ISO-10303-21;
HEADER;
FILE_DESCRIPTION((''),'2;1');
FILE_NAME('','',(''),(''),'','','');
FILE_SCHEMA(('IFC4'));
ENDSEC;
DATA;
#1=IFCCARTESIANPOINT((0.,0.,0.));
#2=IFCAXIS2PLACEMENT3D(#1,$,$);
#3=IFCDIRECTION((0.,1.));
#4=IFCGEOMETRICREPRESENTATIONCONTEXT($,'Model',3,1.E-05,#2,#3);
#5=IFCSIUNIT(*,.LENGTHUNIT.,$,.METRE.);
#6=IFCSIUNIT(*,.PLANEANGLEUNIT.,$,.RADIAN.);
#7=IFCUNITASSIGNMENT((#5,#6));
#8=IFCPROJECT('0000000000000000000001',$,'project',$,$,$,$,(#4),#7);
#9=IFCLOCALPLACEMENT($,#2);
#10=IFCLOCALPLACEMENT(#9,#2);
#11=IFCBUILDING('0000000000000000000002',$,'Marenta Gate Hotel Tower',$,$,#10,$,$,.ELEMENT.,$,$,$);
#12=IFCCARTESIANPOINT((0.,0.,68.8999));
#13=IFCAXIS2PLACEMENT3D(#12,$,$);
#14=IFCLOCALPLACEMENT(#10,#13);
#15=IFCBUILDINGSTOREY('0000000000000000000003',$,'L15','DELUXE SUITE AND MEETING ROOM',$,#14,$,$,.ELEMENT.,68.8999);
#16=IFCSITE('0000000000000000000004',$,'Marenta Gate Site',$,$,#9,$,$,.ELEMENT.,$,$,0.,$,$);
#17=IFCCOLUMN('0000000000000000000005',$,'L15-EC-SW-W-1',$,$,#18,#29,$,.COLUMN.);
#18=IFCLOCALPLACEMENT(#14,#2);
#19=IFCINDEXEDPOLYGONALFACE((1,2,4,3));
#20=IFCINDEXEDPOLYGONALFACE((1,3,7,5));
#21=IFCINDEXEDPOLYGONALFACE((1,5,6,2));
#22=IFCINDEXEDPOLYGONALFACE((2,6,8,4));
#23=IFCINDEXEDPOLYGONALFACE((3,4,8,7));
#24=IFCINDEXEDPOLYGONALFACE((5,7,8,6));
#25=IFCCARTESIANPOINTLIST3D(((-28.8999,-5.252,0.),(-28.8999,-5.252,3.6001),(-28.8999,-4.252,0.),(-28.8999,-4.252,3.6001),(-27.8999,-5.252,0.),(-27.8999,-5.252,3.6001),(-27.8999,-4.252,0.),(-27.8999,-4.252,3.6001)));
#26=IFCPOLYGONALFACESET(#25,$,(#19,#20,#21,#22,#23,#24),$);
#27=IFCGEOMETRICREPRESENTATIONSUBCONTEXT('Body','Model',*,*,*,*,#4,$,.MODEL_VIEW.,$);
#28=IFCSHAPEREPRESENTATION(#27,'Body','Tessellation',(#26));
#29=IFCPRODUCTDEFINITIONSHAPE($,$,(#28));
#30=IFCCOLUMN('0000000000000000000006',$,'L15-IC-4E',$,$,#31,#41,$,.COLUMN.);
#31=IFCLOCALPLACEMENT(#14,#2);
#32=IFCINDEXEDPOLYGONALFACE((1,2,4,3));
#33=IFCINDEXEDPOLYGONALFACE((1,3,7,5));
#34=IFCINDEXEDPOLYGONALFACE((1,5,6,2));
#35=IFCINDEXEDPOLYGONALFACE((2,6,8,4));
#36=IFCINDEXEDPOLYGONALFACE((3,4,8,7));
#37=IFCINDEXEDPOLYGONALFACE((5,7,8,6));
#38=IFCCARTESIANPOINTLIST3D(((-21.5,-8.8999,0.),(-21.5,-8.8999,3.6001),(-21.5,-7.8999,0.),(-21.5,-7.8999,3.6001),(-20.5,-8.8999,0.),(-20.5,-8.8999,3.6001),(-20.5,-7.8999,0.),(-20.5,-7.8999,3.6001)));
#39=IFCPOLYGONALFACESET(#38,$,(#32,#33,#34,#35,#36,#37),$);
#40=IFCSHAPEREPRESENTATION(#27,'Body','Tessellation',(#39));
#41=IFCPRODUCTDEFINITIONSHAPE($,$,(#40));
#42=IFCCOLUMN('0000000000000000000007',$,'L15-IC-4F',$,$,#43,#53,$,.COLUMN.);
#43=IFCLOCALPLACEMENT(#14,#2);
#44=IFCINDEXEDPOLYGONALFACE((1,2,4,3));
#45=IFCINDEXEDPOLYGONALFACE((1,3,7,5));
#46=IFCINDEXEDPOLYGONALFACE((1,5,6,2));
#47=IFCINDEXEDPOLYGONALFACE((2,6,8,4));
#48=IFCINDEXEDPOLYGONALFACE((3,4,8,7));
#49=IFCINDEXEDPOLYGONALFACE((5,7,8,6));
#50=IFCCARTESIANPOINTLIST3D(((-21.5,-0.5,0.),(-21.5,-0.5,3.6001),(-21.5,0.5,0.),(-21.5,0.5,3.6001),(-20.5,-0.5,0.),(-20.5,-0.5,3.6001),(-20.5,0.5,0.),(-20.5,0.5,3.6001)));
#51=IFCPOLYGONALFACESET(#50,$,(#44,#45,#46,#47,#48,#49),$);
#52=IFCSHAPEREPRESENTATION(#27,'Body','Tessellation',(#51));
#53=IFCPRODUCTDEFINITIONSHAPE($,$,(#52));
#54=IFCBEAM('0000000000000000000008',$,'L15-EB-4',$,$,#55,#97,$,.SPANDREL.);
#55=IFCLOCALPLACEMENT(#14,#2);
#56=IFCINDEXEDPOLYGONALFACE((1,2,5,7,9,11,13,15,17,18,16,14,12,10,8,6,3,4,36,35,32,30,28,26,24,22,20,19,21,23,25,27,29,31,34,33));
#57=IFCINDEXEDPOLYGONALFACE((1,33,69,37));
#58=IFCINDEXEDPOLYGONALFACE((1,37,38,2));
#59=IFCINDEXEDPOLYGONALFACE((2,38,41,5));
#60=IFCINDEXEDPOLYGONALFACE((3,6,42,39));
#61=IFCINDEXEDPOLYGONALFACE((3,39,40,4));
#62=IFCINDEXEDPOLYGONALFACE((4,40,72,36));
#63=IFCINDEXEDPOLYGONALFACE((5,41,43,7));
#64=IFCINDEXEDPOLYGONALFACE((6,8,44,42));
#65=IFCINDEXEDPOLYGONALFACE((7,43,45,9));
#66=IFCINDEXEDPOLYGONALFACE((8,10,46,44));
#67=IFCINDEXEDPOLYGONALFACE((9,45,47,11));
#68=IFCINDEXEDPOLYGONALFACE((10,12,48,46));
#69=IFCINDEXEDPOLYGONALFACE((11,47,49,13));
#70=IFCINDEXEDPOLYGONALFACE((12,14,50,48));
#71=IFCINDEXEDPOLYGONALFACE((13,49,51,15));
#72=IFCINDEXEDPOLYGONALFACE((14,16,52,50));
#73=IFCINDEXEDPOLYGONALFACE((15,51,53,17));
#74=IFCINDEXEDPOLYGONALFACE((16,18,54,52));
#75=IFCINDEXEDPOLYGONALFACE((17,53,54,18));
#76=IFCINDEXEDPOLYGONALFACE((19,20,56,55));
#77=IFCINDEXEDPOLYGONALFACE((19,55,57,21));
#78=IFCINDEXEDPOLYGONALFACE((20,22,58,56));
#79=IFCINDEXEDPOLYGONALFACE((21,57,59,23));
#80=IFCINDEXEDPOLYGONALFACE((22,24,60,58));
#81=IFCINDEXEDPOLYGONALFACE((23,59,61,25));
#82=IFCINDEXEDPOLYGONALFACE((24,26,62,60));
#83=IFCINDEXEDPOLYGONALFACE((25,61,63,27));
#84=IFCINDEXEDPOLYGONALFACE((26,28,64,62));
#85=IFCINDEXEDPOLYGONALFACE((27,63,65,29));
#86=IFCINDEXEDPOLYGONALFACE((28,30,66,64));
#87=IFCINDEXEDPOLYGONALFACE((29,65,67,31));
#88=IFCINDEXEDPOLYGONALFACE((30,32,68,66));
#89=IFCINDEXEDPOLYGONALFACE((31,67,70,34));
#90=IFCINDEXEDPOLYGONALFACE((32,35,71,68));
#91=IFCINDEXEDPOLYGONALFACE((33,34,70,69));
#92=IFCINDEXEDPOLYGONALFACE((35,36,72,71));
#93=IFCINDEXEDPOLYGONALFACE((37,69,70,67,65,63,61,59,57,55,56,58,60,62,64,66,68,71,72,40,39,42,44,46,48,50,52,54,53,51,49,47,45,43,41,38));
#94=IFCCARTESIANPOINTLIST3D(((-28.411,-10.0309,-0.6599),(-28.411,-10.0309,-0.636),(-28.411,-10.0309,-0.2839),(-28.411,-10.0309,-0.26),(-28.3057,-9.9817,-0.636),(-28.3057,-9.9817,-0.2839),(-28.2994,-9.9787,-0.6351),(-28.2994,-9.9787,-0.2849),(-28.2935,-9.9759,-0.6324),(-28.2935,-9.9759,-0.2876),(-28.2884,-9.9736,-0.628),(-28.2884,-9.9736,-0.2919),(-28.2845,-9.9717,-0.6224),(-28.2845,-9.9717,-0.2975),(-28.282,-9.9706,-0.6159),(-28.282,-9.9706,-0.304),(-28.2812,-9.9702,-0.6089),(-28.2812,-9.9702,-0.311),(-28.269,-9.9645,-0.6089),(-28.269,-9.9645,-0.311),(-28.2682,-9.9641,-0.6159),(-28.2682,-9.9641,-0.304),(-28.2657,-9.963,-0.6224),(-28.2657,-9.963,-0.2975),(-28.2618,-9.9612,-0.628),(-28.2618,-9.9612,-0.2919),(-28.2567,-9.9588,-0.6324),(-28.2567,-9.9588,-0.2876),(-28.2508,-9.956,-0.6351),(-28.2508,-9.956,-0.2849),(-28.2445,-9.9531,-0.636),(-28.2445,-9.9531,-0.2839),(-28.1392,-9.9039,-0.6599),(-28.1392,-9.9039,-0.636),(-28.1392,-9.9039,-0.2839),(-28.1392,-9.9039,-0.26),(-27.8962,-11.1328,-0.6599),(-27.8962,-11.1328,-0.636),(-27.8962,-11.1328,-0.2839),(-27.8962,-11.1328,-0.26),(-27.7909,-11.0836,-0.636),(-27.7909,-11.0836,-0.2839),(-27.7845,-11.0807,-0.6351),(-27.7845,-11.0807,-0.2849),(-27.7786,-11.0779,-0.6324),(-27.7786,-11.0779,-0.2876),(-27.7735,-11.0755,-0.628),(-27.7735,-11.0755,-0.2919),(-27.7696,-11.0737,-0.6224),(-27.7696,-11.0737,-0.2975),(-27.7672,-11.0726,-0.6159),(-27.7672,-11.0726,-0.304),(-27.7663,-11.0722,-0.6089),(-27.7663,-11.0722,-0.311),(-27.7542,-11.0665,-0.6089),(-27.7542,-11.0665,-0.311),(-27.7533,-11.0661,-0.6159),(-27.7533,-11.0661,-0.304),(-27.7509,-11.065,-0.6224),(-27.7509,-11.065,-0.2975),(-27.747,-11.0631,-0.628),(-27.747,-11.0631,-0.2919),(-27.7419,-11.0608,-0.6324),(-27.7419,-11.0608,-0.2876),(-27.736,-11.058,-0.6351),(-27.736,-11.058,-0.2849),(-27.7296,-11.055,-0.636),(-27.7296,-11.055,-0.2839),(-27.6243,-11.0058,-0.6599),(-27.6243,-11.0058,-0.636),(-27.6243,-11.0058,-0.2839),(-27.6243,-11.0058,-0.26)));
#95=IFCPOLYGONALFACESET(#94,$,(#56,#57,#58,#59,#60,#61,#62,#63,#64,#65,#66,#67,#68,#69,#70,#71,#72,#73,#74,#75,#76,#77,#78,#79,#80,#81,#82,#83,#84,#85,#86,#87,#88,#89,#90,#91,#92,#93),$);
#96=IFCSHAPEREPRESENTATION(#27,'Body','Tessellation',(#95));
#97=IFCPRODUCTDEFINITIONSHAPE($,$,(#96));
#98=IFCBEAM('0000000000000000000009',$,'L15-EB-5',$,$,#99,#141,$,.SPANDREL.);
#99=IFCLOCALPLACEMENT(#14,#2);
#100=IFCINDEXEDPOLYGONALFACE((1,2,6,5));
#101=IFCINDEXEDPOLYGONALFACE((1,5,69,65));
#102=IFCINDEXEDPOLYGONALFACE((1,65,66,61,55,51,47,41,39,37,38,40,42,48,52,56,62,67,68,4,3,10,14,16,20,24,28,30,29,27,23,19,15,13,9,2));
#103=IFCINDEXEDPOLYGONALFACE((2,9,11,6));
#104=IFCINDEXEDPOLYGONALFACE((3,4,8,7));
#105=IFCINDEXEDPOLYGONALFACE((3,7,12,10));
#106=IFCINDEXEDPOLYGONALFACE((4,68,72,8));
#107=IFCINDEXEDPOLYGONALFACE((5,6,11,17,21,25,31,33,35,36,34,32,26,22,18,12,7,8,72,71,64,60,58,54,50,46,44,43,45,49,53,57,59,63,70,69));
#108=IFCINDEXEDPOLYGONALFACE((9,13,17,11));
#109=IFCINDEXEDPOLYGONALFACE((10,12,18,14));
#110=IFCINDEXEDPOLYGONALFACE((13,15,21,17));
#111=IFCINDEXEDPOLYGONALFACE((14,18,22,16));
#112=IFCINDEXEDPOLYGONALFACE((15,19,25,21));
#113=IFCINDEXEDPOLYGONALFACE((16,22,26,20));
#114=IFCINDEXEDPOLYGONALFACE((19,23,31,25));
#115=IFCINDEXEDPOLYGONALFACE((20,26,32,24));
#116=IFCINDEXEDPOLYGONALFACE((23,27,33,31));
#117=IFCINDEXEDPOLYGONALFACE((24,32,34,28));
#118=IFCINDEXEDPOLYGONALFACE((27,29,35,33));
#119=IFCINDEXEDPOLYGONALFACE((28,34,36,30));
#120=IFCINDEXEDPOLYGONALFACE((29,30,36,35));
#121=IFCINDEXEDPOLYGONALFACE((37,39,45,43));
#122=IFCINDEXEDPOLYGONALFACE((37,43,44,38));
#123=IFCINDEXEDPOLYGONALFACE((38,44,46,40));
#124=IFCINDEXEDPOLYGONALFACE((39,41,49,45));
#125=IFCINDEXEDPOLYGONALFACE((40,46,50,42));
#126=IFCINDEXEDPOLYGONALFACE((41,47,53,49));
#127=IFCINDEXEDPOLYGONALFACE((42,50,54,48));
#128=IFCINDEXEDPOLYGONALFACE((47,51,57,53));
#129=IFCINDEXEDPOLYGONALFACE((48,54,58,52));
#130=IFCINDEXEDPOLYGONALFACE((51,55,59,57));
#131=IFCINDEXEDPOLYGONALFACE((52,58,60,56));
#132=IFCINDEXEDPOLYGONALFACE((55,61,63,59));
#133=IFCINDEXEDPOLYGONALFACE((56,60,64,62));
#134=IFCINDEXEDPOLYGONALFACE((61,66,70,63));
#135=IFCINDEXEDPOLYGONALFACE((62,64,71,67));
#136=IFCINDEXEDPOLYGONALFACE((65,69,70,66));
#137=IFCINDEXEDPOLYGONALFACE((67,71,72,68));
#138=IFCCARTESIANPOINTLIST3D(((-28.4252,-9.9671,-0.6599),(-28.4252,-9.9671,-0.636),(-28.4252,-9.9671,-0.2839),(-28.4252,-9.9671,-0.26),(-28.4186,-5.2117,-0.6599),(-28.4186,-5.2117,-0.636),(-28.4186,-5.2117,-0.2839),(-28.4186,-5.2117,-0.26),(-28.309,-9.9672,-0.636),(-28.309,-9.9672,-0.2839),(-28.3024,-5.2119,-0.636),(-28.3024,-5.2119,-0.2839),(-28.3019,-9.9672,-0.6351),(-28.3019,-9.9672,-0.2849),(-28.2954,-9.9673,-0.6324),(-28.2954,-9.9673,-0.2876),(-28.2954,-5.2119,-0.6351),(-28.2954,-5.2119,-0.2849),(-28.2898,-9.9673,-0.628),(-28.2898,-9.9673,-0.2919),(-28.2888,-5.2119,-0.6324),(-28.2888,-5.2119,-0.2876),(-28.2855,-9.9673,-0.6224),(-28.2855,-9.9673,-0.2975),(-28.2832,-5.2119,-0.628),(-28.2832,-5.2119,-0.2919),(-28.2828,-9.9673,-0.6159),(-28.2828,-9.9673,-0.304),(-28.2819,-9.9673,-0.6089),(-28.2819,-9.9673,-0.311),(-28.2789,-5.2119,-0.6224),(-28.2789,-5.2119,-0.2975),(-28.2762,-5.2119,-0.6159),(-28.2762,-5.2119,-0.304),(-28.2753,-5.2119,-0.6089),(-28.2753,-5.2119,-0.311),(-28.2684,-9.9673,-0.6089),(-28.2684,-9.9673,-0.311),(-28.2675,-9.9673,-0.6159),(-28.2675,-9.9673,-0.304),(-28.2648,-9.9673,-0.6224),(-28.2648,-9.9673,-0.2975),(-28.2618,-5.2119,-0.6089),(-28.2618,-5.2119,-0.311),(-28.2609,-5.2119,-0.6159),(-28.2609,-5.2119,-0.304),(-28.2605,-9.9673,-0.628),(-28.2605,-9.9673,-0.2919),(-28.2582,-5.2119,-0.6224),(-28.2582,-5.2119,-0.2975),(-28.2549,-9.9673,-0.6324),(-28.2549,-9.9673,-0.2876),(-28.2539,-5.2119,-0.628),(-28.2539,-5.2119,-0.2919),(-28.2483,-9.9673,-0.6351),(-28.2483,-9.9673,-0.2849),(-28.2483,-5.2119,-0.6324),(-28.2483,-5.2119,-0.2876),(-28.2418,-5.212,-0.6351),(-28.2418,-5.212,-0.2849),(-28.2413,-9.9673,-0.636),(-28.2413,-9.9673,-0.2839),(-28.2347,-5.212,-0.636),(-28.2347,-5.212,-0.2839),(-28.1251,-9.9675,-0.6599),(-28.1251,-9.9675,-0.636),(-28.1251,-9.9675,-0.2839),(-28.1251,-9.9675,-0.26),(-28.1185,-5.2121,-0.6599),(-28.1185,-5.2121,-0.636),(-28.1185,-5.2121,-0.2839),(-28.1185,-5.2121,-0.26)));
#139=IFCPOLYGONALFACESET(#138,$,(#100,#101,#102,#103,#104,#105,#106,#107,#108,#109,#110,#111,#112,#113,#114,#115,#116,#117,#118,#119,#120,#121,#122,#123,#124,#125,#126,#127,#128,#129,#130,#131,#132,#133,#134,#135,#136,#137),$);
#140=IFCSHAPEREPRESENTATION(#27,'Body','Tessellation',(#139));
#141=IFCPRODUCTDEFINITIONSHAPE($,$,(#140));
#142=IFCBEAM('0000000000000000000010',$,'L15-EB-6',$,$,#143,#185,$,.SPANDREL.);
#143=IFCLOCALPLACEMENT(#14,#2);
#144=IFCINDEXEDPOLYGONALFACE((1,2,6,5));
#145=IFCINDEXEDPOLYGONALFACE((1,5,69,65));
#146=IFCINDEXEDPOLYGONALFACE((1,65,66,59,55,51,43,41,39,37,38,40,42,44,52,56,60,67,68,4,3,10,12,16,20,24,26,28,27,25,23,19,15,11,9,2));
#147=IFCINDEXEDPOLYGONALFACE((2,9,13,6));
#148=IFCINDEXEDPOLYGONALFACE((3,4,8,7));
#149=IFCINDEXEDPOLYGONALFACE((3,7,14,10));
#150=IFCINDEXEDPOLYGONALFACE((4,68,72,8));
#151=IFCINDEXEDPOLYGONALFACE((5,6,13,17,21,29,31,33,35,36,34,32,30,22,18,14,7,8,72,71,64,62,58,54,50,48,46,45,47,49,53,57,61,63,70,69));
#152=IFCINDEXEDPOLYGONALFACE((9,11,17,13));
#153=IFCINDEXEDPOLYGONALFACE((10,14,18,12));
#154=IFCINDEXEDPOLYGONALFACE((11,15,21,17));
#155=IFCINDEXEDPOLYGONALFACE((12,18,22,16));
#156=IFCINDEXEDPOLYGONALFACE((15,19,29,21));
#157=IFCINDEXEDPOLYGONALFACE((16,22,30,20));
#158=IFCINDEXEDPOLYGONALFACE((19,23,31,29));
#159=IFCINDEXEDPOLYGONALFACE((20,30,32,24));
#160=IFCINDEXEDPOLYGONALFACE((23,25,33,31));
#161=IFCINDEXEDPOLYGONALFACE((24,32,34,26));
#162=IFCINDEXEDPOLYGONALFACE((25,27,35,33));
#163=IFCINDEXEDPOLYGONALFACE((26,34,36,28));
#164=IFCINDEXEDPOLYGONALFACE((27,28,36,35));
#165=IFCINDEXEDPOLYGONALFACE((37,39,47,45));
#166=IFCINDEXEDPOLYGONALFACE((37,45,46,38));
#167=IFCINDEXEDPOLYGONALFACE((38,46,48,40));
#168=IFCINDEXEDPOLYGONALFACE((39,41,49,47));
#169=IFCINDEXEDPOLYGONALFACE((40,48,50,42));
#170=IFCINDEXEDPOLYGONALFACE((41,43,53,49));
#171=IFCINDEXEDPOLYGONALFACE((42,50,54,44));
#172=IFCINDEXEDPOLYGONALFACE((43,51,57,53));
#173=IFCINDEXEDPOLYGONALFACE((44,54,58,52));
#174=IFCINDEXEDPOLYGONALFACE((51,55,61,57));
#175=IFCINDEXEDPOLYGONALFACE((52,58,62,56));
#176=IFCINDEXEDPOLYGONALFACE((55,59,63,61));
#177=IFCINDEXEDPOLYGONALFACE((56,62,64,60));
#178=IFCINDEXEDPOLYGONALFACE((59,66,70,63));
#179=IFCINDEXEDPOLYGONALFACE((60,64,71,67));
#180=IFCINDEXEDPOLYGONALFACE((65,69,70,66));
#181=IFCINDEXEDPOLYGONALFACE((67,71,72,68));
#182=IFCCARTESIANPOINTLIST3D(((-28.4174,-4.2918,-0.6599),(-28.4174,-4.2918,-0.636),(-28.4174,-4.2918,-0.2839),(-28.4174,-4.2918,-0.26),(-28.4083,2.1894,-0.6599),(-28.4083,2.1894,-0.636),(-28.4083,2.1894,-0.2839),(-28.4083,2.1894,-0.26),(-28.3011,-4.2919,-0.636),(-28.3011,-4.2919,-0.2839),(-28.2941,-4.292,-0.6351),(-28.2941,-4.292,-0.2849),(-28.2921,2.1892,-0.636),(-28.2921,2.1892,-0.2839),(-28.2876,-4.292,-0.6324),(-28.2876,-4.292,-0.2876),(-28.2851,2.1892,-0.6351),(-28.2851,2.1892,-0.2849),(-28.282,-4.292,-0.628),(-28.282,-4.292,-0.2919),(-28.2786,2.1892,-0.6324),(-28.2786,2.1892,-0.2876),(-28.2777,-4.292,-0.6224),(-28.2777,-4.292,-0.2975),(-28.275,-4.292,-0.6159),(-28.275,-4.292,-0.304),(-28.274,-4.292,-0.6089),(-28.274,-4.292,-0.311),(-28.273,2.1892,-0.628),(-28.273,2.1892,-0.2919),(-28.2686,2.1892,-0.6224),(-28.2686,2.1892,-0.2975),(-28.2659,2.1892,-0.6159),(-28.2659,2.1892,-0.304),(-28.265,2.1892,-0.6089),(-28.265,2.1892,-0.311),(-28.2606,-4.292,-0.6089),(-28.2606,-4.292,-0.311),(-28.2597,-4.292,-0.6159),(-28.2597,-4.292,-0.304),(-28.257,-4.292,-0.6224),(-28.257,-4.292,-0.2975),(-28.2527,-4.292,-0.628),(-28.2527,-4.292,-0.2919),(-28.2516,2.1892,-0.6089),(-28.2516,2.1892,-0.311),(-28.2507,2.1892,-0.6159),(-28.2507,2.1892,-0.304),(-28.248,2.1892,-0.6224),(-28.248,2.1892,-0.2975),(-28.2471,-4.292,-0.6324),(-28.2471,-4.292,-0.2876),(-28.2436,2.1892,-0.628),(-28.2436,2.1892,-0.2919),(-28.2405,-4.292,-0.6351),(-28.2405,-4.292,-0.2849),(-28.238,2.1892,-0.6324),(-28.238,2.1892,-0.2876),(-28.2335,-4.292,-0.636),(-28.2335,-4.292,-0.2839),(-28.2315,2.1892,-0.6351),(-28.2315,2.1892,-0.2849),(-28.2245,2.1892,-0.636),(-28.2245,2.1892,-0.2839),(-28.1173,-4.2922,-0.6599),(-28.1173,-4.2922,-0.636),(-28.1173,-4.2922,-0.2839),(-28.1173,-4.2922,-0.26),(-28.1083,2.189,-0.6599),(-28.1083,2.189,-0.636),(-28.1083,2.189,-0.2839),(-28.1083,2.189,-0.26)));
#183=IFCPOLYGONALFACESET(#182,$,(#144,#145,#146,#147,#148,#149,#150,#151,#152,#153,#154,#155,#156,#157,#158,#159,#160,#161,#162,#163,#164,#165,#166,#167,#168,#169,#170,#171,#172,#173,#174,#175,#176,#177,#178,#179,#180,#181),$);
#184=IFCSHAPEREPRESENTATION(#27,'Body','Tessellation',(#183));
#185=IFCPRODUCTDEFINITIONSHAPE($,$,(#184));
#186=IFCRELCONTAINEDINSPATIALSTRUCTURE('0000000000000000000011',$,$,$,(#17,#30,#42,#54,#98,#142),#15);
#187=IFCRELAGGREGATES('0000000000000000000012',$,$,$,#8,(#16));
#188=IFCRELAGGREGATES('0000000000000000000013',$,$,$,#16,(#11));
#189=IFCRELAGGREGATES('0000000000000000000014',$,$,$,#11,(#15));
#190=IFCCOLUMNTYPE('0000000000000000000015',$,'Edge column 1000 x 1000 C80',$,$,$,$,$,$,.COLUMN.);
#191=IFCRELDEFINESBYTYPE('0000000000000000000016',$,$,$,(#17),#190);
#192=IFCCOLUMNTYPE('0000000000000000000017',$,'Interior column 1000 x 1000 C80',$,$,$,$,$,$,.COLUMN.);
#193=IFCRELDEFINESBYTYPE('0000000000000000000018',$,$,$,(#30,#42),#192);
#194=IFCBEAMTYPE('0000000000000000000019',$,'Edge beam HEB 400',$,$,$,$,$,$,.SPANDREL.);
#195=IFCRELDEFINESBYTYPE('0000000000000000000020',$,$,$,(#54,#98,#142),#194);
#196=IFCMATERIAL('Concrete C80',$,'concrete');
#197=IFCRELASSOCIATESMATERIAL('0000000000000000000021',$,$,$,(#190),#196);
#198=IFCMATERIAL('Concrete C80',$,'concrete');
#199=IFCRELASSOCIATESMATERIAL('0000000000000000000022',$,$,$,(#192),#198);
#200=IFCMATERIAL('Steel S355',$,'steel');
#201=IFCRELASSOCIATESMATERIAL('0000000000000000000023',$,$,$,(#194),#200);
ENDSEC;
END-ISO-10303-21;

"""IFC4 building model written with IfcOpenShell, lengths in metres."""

from ifc_helpers import new_model, si_unit, direction, frame, origin, origin_2d, place, context, subcontext, project, spatial, rectangle, i_section, extrude, material, material_profile, profile_set, type_object, element, save


model = new_model("IFC4")

# Units and contexts
model_context = context("Model", 3, precision=1e-05, world=origin(), true_north=direction((0.0, 1.0)))
body_context = subcontext(model_context, "Body", "Model", "MODEL_VIEW")
ifc_project = project(units=[si_unit("LENGTHUNIT", "METRE"), si_unit("PLANEANGLEUNIT", "RADIAN")], contexts=[model_context])

# Site, building, storey
site_placement = place(None, origin())
site = spatial("IfcSite", under=ifc_project, at=site_placement, Name="Marenta Gate Site", CompositionType="ELEMENT", RefElevation=0.0)
building_placement = place(site_placement, origin())
building = spatial("IfcBuilding", under=site, at=building_placement, Name="Marenta Gate Hotel Tower", CompositionType="ELEMENT")
storey_placement = place(building_placement, frame((0.0, 0.0, 68.8999)))
storey = spatial("IfcBuildingStorey", under=building, at=storey_placement, Name="L15", Description="DELUXE SUITE AND MEETING ROOM", CompositionType="ELEMENT", Elevation=68.8999)

# Columns
ifc_material_1 = material(Name="Concrete C80", Category="concrete")
ifc_material_profile_1 = material_profile(ifc_material_1, rectangle(XDim=1.0, YDim=1.0, at=origin_2d()), Name="1000 x 1000")
ifc_profile_set_1 = profile_set([ifc_material_profile_1], Name="Concrete C80")
column_type_1 = type_object("IfcColumnType", Name="Edge column 1000 x 1000 C80", PredefinedType="COLUMN", material=ifc_profile_set_1)
column_placement = place(storey_placement, frame((-28.3999, -4.752, 0.0), z_axis=(0.0, 0.0, 1.0), x_axis=(1.0, 0.0, 0.0)))
element("IfcColumn", 1, at=column_placement, inside=storey, type_object=column_type_1, Name="L15-EC-SW-W-1", PredefinedType="COLUMN", context=body_context, shape_type="SweptSolid", body=[
    extrude(rectangle(XDim=1.0, YDim=1.0, at=origin_2d()), origin(), (0.0, 0.0, 1.0), 3.6001),
])
ifc_material_2 = material(Name="Concrete C80", Category="concrete")
ifc_material_profile_2 = material_profile(ifc_material_2, rectangle(XDim=1.0, YDim=1.0, at=origin_2d()), Name="1000 x 1000")
ifc_profile_set_2 = profile_set([ifc_material_profile_2], Name="Concrete C80")
column_type_2 = type_object("IfcColumnType", Name="Interior column 1000 x 1000 C80", PredefinedType="COLUMN", material=ifc_profile_set_2)
for number, where, z_axis, x_axis, name in (
    (2, (-21.0, -8.3999, 0.0), (0.0, 0.0, 1.0), (1.0, 0.0, 0.0), "L15-IC-4E"),
    (3, (-21.0, 0.0, 0.0), (0.0, 0.0, 1.0), (1.0, 0.0, 0.0), "L15-IC-4F"),
):
    element("IfcColumn", number, at=place(storey_placement, frame(where, z_axis=z_axis, x_axis=x_axis)), inside=storey, type_object=column_type_2, Name=name, PredefinedType="COLUMN", context=body_context, shape_type="SweptSolid", body=[
        extrude(rectangle(XDim=1.0, YDim=1.0, at=origin_2d()), origin(), (0.0, 0.0, 1.0), 3.6001),
    ])

# Beams
ifc_material_3 = material(Name="Steel S355", Category="steel")
ifc_material_profile_3 = material_profile(ifc_material_3, i_section(OverallWidth=0.3, OverallDepth=0.3999, WebThickness=0.0134, FlangeThickness=0.0239, FilletRadius=0.0271, at=origin_2d()), Name="HEB 400")
ifc_profile_set_3 = profile_set([ifc_material_profile_3], Name="Steel S355")
beam_type_1 = type_object("IfcBeamType", Name="Edge beam HEB 400", PredefinedType="SPANDREL", material=ifc_profile_set_3)
beam_1_placement = place(storey_placement, frame((-27.7603, -11.0693, -0.46), z_axis=(-0.423292, 0.905993, 0.0), x_axis=(-0.905993, -0.423292, 0.0)))
element("IfcBeam", 4, at=beam_1_placement, inside=storey, type_object=beam_type_1, Name="L15-EB-4", PredefinedType="SPANDREL", context=body_context, shape_type="SweptSolid", body=[
    extrude(i_section(OverallWidth=0.3, OverallDepth=0.3999, WebThickness=0.0134, FlangeThickness=0.0239, FilletRadius=0.0271, at=origin_2d()), origin(), (0.0, 0.0, 1.0), 1.2163),
])
beam_2_placement = place(storey_placement, frame((-28.2751, -9.9673, -0.46), z_axis=(0.001386, 0.999999, 0.0), x_axis=(-0.999999, 0.001386, 0.0)))
element("IfcBeam", 5, at=beam_2_placement, inside=storey, type_object=beam_type_1, Name="L15-EB-5", PredefinedType="SPANDREL", context=body_context, shape_type="SweptSolid", body=[
    extrude(i_section(OverallWidth=0.3, OverallDepth=0.3999, WebThickness=0.0134, FlangeThickness=0.0239, FilletRadius=0.0271, at=origin_2d()), origin(), (0.0, 0.0, 1.0), 4.7554),
])
beam_3_placement = place(storey_placement, frame((-28.2673, -4.292, -0.46), z_axis=(0.001394, 0.999999, 0.0), x_axis=(-0.999999, 0.001394, 0.0)))
element("IfcBeam", 6, at=beam_3_placement, inside=storey, type_object=beam_type_1, Name="L15-EB-6", PredefinedType="SPANDREL", context=body_context, shape_type="SweptSolid", body=[
    extrude(i_section(OverallWidth=0.3, OverallDepth=0.3999, WebThickness=0.0134, FlangeThickness=0.0239, FilletRadius=0.0271, at=origin_2d()), origin(), (0.0, 0.0, 1.0), 6.4812),
])

save(model, "model.ifc")
